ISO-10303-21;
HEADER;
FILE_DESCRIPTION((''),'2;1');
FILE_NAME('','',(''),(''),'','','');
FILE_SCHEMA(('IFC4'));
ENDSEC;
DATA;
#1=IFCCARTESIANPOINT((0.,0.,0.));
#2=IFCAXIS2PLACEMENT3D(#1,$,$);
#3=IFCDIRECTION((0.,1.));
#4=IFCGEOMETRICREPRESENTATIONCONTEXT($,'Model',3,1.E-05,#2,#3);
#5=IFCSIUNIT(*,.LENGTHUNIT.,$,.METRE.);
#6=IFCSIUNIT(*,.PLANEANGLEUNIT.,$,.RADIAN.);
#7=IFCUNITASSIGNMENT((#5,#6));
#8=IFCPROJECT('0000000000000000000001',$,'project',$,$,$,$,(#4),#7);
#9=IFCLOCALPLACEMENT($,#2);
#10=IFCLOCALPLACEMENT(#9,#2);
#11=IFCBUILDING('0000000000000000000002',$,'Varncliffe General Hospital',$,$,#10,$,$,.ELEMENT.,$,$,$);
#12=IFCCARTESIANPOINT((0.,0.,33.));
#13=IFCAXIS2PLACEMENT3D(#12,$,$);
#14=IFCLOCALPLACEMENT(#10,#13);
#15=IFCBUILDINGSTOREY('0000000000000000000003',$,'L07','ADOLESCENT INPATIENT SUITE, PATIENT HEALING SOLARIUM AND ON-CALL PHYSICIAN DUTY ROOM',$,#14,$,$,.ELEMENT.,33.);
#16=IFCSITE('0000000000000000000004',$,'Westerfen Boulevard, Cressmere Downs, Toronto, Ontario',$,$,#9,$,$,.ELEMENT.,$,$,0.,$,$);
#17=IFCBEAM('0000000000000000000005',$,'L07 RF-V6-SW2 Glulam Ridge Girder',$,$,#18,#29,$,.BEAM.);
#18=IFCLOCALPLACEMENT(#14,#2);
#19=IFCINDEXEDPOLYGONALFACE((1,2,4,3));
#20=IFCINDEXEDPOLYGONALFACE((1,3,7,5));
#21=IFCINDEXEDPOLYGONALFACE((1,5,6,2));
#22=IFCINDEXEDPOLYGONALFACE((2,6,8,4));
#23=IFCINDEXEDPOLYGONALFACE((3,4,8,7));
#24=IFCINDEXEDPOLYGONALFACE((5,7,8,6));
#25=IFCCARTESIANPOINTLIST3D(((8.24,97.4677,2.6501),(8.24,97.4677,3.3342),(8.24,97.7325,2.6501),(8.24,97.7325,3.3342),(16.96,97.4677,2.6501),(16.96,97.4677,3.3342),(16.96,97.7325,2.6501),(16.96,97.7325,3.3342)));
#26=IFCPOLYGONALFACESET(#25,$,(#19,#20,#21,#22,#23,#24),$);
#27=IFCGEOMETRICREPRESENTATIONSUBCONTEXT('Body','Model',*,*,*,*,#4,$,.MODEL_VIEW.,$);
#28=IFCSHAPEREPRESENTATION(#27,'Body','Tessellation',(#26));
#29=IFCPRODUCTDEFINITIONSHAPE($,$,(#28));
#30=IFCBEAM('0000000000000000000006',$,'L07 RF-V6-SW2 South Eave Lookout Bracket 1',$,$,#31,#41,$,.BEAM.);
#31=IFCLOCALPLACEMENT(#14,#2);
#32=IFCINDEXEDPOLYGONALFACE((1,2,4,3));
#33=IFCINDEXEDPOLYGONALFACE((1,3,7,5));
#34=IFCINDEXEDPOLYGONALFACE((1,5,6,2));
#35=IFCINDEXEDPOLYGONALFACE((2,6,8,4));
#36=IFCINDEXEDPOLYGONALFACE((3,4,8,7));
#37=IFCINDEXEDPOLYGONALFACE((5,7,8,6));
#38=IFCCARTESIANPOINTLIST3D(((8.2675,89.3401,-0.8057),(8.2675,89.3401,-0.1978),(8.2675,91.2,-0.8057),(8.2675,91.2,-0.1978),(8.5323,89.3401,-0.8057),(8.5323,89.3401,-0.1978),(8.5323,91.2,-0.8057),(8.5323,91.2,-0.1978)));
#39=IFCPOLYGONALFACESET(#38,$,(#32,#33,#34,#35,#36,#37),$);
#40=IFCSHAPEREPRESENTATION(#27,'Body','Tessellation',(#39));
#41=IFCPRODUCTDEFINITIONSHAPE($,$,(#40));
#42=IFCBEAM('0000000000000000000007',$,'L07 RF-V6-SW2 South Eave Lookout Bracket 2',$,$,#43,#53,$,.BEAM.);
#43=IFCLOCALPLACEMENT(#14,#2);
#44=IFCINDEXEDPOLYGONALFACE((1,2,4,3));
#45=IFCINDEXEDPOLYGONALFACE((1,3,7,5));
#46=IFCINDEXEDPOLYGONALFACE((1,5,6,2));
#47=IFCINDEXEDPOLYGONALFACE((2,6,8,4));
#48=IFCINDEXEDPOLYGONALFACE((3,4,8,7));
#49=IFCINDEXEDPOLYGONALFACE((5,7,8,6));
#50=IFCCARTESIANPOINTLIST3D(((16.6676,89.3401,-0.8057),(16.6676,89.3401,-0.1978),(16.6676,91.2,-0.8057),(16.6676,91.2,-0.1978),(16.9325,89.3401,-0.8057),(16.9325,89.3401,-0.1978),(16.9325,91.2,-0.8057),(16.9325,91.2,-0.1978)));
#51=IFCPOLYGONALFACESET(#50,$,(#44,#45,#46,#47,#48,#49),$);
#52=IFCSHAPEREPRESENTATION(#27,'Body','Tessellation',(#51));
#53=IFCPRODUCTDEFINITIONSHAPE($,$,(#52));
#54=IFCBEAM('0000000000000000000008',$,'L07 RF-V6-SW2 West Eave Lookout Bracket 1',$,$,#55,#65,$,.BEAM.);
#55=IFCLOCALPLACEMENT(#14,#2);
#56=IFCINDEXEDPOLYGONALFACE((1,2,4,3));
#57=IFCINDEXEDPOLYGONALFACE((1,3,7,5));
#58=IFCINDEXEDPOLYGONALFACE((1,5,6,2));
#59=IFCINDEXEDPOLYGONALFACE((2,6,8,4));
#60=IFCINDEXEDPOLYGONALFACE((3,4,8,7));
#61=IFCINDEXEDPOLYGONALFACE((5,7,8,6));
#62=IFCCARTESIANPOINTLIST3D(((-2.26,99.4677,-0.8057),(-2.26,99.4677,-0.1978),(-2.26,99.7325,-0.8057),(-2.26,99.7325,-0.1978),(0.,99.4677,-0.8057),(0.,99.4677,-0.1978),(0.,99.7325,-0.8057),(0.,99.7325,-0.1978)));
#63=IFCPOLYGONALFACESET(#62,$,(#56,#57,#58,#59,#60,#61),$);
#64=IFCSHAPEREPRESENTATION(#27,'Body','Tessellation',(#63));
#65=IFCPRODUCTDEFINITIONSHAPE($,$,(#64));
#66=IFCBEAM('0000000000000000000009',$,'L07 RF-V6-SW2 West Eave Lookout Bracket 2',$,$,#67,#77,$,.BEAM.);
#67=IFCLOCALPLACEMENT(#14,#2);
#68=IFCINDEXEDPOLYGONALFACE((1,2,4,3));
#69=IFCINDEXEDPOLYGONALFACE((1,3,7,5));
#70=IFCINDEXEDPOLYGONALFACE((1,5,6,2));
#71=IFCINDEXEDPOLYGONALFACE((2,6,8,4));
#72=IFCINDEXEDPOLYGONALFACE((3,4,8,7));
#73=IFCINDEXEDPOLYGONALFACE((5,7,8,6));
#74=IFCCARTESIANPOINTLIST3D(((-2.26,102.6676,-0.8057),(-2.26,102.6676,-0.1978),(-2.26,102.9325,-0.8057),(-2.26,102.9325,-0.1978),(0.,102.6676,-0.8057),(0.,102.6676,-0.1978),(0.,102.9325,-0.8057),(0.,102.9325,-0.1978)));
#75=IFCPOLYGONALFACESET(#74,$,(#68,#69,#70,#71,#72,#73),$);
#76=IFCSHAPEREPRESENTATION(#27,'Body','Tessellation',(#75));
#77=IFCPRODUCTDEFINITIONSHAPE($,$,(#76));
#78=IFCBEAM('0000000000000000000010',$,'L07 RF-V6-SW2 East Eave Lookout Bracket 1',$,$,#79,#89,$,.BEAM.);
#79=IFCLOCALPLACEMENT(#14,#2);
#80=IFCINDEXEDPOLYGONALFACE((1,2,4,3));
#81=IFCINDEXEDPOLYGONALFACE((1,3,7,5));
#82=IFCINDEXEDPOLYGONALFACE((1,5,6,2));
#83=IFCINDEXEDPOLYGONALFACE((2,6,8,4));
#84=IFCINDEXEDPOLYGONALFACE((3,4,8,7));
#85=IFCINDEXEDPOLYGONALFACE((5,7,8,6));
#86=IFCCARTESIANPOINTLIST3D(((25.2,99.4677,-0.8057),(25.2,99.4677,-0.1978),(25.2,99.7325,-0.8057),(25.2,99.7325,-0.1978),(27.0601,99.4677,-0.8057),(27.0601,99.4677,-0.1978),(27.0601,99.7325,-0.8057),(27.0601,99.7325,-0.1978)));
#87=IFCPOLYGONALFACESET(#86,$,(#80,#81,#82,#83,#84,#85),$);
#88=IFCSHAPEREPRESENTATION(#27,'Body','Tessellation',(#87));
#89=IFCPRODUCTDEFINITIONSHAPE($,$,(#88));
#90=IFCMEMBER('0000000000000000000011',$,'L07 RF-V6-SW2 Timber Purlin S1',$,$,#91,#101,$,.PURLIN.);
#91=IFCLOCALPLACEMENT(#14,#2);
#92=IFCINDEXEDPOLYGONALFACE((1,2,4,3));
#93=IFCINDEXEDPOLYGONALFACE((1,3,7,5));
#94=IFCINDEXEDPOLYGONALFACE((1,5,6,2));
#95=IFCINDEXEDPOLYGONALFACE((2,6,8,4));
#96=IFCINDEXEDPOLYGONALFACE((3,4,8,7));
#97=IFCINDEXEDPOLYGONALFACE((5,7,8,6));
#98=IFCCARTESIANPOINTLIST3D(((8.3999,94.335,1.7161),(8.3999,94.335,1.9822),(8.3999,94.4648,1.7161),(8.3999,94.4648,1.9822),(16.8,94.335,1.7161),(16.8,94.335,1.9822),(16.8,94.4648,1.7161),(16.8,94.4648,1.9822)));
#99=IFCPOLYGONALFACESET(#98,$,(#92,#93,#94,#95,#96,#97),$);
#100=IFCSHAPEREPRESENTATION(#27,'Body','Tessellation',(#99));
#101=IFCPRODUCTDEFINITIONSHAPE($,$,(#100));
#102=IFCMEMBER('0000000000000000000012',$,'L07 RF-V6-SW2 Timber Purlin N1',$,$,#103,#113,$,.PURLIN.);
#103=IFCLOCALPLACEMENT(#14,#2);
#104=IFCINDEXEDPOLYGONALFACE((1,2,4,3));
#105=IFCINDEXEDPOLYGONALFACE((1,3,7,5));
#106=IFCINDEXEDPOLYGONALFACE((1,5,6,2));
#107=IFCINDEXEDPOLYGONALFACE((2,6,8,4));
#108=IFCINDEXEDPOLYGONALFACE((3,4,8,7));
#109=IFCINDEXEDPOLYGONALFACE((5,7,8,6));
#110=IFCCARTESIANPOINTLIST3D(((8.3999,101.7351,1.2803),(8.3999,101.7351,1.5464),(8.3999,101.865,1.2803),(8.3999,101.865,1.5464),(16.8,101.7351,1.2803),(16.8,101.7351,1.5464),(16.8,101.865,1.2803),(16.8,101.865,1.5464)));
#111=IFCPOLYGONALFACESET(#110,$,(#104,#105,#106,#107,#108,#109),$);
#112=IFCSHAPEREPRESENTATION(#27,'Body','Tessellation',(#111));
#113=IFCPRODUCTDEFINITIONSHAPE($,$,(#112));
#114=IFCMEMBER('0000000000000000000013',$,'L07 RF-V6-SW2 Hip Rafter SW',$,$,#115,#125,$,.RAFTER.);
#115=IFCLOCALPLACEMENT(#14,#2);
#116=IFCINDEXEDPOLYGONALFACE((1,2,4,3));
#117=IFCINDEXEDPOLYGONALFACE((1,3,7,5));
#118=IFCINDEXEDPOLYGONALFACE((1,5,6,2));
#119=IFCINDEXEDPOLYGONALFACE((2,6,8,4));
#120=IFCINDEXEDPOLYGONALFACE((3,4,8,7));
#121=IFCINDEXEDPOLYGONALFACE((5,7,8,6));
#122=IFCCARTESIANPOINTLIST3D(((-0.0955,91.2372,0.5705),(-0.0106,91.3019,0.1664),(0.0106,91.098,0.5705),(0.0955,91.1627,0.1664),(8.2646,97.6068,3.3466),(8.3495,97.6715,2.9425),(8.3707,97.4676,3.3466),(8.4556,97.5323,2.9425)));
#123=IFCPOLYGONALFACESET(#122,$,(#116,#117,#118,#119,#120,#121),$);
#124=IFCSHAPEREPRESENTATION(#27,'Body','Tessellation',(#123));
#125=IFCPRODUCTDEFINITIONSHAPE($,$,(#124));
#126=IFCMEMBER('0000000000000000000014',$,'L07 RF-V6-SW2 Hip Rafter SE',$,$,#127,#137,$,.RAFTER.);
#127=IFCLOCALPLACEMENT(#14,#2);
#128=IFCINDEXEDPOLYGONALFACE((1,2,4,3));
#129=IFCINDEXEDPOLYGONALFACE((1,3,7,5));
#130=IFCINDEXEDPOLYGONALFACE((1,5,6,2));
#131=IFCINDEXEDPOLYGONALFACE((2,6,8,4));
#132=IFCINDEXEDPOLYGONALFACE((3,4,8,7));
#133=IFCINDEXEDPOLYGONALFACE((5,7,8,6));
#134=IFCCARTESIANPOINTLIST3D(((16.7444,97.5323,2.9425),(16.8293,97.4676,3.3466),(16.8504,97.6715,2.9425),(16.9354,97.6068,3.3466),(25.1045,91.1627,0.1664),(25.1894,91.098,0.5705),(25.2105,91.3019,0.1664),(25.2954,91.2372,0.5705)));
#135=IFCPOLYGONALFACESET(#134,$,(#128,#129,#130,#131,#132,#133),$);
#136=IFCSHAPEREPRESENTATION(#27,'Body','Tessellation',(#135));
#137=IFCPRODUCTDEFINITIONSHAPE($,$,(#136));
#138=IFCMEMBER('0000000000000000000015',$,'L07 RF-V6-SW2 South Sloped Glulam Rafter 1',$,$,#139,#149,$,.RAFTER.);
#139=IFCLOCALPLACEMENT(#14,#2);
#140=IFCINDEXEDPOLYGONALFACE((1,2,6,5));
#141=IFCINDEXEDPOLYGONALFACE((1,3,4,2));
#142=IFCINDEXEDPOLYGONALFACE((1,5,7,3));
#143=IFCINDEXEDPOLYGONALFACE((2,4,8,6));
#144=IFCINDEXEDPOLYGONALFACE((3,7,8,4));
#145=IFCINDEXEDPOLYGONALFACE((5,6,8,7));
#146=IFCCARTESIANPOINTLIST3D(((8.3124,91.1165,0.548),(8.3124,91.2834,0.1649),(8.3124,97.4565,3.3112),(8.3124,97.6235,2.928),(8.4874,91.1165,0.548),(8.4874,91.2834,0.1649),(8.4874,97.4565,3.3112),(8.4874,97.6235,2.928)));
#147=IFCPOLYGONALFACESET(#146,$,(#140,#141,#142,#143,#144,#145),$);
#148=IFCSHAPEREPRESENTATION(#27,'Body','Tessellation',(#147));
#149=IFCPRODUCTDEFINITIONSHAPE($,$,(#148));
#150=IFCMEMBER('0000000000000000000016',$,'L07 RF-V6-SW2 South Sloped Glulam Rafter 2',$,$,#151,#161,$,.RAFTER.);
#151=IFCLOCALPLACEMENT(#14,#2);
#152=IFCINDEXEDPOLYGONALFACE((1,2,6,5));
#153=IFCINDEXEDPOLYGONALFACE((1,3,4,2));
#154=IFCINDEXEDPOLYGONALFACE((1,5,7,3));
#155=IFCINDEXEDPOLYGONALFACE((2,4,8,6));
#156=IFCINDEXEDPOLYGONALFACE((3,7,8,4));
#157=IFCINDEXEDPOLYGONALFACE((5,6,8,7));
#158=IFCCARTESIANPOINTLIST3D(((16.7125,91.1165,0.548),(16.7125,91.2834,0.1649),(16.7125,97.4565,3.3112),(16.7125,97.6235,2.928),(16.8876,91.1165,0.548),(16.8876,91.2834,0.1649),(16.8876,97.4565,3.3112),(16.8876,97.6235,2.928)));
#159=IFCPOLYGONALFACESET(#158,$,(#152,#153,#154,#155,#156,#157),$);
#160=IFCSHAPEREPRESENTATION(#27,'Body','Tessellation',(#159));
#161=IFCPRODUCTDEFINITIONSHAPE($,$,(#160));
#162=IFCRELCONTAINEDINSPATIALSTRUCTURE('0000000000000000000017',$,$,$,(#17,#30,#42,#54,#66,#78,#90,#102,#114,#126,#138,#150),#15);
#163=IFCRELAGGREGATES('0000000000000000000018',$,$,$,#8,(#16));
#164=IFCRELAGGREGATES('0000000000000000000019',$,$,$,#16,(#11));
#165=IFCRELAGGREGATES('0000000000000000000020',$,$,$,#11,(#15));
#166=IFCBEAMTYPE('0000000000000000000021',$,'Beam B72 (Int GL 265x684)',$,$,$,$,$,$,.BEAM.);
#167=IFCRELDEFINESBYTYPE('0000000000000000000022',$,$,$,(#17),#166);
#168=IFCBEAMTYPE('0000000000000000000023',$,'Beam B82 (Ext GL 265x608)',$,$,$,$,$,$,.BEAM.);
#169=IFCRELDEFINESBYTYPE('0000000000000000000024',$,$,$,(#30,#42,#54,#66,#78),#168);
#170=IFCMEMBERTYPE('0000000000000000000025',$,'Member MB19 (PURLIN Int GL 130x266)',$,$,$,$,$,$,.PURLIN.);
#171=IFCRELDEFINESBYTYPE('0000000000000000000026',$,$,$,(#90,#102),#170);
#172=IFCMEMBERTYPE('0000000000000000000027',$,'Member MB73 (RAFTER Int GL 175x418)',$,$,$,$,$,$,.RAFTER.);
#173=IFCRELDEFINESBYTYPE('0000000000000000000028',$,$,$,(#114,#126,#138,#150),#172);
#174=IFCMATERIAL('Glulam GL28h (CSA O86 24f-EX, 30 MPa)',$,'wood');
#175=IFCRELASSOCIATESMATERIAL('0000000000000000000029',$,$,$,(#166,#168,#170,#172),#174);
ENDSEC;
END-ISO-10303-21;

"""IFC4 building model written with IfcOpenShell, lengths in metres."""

from ifc_helpers import new_model, si_unit, direction, frame, origin, origin_2d, place, context, subcontext, project, spatial, rectangle, extrude, material, material_profile, profile_set, type_object, element, save


model = new_model("IFC4")

# Units and contexts
model_context = context("Model", 3, precision=1e-05, world=origin(), true_north=direction((0.0, 1.0)))
body_context = subcontext(model_context, "Body", "Model", "MODEL_VIEW")
ifc_project = project(units=[si_unit("LENGTHUNIT", "METRE"), si_unit("PLANEANGLEUNIT", "RADIAN")], contexts=[model_context])

# Site, building, storey
site_placement = place(None, origin())
site = spatial("IfcSite", under=ifc_project, at=site_placement, Name="Westerfen Boulevard, Cressmere Downs, Toronto, Ontario", CompositionType="ELEMENT", RefElevation=0.0)
building_placement = place(site_placement, origin())
building = spatial("IfcBuilding", under=site, at=building_placement, Name="Varncliffe General Hospital", CompositionType="ELEMENT")
storey_placement = place(building_placement, frame((0.0, 0.0, 33.0)))
storey = spatial("IfcBuildingStorey", under=building, at=storey_placement, Name="L07", Description="ADOLESCENT INPATIENT SUITE, PATIENT HEALING SOLARIUM AND ON-CALL PHYSICIAN DUTY ROOM", CompositionType="ELEMENT", Elevation=33.0)

# Beams
ifc_material_1 = material(Name="Glulam GL28h (CSA O86 24f-EX, 30 MPa)", Category="wood")
ifc_material_profile_1 = material_profile(ifc_material_1, rectangle(XDim=0.2649, YDim=0.6841, at=origin_2d()), Name="GL 265x684")
ifc_profile_set_1 = profile_set([ifc_material_profile_1], Name="Glulam GL28h (CSA O86 24f-EX, 30 MPa)")
beam_type_1 = type_object("IfcBeamType", Name="Beam B72 (Int GL 265x684)", PredefinedType="BEAM", material=ifc_profile_set_1)
beam_1_placement = place(storey_placement, frame((8.24, 97.6001, 2.9922), z_axis=(1.0, 0.0, 0.0), x_axis=(0.0, 1.0, 0.0)))
element("IfcBeam", 1, at=beam_1_placement, inside=storey, type_object=beam_type_1, Name="L07 RF-V6-SW2 Glulam Ridge Girder", PredefinedType="BEAM", context=body_context, shape_type="SweptSolid", body=[
    extrude(rectangle(XDim=0.2649, YDim=0.6841, at=origin_2d()), origin(), (0.0, 0.0, 1.0), 8.72),
])
ifc_material_profile_2 = material_profile(ifc_material_1, rectangle(XDim=0.2649, YDim=0.6079, at=origin_2d()), Name="GL 265x608")
ifc_profile_set_2 = profile_set([ifc_material_profile_2], Name="Glulam GL28h (CSA O86 24f-EX, 30 MPa)")
beam_type_2 = type_object("IfcBeamType", Name="Beam B82 (Ext GL 265x608)", PredefinedType="BEAM", material=ifc_profile_set_2)
for number, where, z_axis, x_axis, name in (
    (2, (8.3999, 89.3401, -0.5017), (0.0, 1.0, 0.0), (-1.0, 0.0, 0.0), "L07 RF-V6-SW2 South Eave Lookout Bracket 1"),
    (3, (16.8, 89.3401, -0.5017), (0.0, 1.0, 0.0), (-1.0, 0.0, 0.0), "L07 RF-V6-SW2 South Eave Lookout Bracket 2"),
):
    element("IfcBeam", number, at=place(storey_placement, frame(where, z_axis=z_axis, x_axis=x_axis)), inside=storey, type_object=beam_type_2, Name=name, PredefinedType="BEAM", context=body_context, shape_type="SweptSolid", body=[
        extrude(rectangle(XDim=0.2649, YDim=0.6079, at=origin_2d()), origin(), (0.0, 0.0, 1.0), 1.8599),
    ])
for number, where, z_axis, x_axis, name in (
    (4, (-2.26, 99.6001, -0.5017), (1.0, 0.0, 0.0), (0.0, 1.0, 0.0), "L07 RF-V6-SW2 West Eave Lookout Bracket 1"),
    (5, (-2.26, 102.8, -0.5017), (1.0, 0.0, 0.0), (0.0, 1.0, 0.0), "L07 RF-V6-SW2 West Eave Lookout Bracket 2"),
):
    element("IfcBeam", number, at=place(storey_placement, frame(where, z_axis=z_axis, x_axis=x_axis)), inside=storey, type_object=beam_type_2, Name=name, PredefinedType="BEAM", context=body_context, shape_type="SweptSolid", body=[
        extrude(rectangle(XDim=0.2649, YDim=0.6079, at=origin_2d()), origin(), (0.0, 0.0, 1.0), 2.26),
    ])
beam_2_placement = place(storey_placement, frame((25.2, 99.6001, -0.5017), z_axis=(1.0, 0.0, 0.0), x_axis=(0.0, 1.0, 0.0)))
element("IfcBeam", 6, at=beam_2_placement, inside=storey, type_object=beam_type_2, Name="L07 RF-V6-SW2 East Eave Lookout Bracket 1", PredefinedType="BEAM", context=body_context, shape_type="SweptSolid", body=[
    extrude(rectangle(XDim=0.2649, YDim=0.6079, at=origin_2d()), origin(), (0.0, 0.0, 1.0), 1.8601),
])

# Members
ifc_material_profile_3 = material_profile(ifc_material_1, rectangle(XDim=0.1299, YDim=0.2661, at=origin_2d()), Name="GL 130x266")
ifc_profile_set_3 = profile_set([ifc_material_profile_3], Name="Glulam GL28h (CSA O86 24f-EX, 30 MPa)")
member_type_1 = type_object("IfcMemberType", Name="Member MB19 (PURLIN Int GL 130x266)", PredefinedType="PURLIN", material=ifc_profile_set_3)
for number, where, z_axis, x_axis, name in (
    (7, (8.3999, 94.3999, 1.8491), (1.0, 0.0, 0.0), (0.0, 1.0, 0.0), "L07 RF-V6-SW2 Timber Purlin S1"),
    (8, (8.3999, 101.8, 1.4133), (1.0, 0.0, 0.0), (0.0, 1.0, 0.0), "L07 RF-V6-SW2 Timber Purlin N1"),
):
    element("IfcMember", number, at=place(storey_placement, frame(where, z_axis=z_axis, x_axis=x_axis)), inside=storey, type_object=member_type_1, Name=name, PredefinedType="PURLIN", context=body_context, shape_type="SweptSolid", body=[
        extrude(rectangle(XDim=0.1299, YDim=0.2661, at=origin_2d()), origin(), (0.0, 0.0, 1.0), 8.4001),
    ])
ifc_material_profile_4 = material_profile(ifc_material_1, rectangle(XDim=0.175, YDim=0.418, at=origin_2d()), Name="GL 175x418")
ifc_profile_set_4 = profile_set([ifc_material_profile_4], Name="Glulam GL28h (CSA O86 24f-EX, 30 MPa)")
member_type_2 = type_object("IfcMemberType", Name="Member MB73 (RAFTER Int GL 175x418)", PredefinedType="RAFTER", material=ifc_profile_set_4)
for number, where, z_axis, x_axis, name in (
    (9, (0.0, 91.2, 0.3684), (0.769055, 0.585949, 0.255378), (-0.606045, 0.795431, 0.0), "L07 RF-V6-SW2 Hip Rafter SW"),
    (10, (25.2, 91.2, 0.3684), (-0.769055, 0.585949, 0.255378), (-0.606045, -0.795431, 0.0), "L07 RF-V6-SW2 Hip Rafter SE"),
):
    element("IfcMember", number, at=place(storey_placement, frame(where, z_axis=z_axis, x_axis=x_axis)), inside=storey, type_object=member_type_2, Name=name, PredefinedType="RAFTER", context=body_context, shape_type="SweptSolid", body=[
        extrude(rectangle(XDim=0.175, YDim=0.418, at=origin_2d()), origin(), (0.0, 0.0, 1.0), 10.8706),
    ])
for number, where, z_axis, x_axis, name in (
    (11, (8.3999, 91.2, 0.3564), (0.0, 0.91672, 0.399531), (-1.0, 0.0, 0.0), "L07 RF-V6-SW2 South Sloped Glulam Rafter 1"),
    (12, (16.8, 91.2, 0.3564), (0.0, 0.91672, 0.399531), (-1.0, 0.0, 0.0), "L07 RF-V6-SW2 South Sloped Glulam Rafter 2"),
):
    element("IfcMember", number, at=place(storey_placement, frame(where, z_axis=z_axis, x_axis=x_axis)), inside=storey, type_object=member_type_2, Name=name, PredefinedType="RAFTER", context=body_context, shape_type="SweptSolid", body=[
        extrude(rectangle(XDim=0.175, YDim=0.418, at=origin_2d()), origin(), (0.0, 0.0, 1.0), 6.916),
    ])

save(model, "model.ifc")
